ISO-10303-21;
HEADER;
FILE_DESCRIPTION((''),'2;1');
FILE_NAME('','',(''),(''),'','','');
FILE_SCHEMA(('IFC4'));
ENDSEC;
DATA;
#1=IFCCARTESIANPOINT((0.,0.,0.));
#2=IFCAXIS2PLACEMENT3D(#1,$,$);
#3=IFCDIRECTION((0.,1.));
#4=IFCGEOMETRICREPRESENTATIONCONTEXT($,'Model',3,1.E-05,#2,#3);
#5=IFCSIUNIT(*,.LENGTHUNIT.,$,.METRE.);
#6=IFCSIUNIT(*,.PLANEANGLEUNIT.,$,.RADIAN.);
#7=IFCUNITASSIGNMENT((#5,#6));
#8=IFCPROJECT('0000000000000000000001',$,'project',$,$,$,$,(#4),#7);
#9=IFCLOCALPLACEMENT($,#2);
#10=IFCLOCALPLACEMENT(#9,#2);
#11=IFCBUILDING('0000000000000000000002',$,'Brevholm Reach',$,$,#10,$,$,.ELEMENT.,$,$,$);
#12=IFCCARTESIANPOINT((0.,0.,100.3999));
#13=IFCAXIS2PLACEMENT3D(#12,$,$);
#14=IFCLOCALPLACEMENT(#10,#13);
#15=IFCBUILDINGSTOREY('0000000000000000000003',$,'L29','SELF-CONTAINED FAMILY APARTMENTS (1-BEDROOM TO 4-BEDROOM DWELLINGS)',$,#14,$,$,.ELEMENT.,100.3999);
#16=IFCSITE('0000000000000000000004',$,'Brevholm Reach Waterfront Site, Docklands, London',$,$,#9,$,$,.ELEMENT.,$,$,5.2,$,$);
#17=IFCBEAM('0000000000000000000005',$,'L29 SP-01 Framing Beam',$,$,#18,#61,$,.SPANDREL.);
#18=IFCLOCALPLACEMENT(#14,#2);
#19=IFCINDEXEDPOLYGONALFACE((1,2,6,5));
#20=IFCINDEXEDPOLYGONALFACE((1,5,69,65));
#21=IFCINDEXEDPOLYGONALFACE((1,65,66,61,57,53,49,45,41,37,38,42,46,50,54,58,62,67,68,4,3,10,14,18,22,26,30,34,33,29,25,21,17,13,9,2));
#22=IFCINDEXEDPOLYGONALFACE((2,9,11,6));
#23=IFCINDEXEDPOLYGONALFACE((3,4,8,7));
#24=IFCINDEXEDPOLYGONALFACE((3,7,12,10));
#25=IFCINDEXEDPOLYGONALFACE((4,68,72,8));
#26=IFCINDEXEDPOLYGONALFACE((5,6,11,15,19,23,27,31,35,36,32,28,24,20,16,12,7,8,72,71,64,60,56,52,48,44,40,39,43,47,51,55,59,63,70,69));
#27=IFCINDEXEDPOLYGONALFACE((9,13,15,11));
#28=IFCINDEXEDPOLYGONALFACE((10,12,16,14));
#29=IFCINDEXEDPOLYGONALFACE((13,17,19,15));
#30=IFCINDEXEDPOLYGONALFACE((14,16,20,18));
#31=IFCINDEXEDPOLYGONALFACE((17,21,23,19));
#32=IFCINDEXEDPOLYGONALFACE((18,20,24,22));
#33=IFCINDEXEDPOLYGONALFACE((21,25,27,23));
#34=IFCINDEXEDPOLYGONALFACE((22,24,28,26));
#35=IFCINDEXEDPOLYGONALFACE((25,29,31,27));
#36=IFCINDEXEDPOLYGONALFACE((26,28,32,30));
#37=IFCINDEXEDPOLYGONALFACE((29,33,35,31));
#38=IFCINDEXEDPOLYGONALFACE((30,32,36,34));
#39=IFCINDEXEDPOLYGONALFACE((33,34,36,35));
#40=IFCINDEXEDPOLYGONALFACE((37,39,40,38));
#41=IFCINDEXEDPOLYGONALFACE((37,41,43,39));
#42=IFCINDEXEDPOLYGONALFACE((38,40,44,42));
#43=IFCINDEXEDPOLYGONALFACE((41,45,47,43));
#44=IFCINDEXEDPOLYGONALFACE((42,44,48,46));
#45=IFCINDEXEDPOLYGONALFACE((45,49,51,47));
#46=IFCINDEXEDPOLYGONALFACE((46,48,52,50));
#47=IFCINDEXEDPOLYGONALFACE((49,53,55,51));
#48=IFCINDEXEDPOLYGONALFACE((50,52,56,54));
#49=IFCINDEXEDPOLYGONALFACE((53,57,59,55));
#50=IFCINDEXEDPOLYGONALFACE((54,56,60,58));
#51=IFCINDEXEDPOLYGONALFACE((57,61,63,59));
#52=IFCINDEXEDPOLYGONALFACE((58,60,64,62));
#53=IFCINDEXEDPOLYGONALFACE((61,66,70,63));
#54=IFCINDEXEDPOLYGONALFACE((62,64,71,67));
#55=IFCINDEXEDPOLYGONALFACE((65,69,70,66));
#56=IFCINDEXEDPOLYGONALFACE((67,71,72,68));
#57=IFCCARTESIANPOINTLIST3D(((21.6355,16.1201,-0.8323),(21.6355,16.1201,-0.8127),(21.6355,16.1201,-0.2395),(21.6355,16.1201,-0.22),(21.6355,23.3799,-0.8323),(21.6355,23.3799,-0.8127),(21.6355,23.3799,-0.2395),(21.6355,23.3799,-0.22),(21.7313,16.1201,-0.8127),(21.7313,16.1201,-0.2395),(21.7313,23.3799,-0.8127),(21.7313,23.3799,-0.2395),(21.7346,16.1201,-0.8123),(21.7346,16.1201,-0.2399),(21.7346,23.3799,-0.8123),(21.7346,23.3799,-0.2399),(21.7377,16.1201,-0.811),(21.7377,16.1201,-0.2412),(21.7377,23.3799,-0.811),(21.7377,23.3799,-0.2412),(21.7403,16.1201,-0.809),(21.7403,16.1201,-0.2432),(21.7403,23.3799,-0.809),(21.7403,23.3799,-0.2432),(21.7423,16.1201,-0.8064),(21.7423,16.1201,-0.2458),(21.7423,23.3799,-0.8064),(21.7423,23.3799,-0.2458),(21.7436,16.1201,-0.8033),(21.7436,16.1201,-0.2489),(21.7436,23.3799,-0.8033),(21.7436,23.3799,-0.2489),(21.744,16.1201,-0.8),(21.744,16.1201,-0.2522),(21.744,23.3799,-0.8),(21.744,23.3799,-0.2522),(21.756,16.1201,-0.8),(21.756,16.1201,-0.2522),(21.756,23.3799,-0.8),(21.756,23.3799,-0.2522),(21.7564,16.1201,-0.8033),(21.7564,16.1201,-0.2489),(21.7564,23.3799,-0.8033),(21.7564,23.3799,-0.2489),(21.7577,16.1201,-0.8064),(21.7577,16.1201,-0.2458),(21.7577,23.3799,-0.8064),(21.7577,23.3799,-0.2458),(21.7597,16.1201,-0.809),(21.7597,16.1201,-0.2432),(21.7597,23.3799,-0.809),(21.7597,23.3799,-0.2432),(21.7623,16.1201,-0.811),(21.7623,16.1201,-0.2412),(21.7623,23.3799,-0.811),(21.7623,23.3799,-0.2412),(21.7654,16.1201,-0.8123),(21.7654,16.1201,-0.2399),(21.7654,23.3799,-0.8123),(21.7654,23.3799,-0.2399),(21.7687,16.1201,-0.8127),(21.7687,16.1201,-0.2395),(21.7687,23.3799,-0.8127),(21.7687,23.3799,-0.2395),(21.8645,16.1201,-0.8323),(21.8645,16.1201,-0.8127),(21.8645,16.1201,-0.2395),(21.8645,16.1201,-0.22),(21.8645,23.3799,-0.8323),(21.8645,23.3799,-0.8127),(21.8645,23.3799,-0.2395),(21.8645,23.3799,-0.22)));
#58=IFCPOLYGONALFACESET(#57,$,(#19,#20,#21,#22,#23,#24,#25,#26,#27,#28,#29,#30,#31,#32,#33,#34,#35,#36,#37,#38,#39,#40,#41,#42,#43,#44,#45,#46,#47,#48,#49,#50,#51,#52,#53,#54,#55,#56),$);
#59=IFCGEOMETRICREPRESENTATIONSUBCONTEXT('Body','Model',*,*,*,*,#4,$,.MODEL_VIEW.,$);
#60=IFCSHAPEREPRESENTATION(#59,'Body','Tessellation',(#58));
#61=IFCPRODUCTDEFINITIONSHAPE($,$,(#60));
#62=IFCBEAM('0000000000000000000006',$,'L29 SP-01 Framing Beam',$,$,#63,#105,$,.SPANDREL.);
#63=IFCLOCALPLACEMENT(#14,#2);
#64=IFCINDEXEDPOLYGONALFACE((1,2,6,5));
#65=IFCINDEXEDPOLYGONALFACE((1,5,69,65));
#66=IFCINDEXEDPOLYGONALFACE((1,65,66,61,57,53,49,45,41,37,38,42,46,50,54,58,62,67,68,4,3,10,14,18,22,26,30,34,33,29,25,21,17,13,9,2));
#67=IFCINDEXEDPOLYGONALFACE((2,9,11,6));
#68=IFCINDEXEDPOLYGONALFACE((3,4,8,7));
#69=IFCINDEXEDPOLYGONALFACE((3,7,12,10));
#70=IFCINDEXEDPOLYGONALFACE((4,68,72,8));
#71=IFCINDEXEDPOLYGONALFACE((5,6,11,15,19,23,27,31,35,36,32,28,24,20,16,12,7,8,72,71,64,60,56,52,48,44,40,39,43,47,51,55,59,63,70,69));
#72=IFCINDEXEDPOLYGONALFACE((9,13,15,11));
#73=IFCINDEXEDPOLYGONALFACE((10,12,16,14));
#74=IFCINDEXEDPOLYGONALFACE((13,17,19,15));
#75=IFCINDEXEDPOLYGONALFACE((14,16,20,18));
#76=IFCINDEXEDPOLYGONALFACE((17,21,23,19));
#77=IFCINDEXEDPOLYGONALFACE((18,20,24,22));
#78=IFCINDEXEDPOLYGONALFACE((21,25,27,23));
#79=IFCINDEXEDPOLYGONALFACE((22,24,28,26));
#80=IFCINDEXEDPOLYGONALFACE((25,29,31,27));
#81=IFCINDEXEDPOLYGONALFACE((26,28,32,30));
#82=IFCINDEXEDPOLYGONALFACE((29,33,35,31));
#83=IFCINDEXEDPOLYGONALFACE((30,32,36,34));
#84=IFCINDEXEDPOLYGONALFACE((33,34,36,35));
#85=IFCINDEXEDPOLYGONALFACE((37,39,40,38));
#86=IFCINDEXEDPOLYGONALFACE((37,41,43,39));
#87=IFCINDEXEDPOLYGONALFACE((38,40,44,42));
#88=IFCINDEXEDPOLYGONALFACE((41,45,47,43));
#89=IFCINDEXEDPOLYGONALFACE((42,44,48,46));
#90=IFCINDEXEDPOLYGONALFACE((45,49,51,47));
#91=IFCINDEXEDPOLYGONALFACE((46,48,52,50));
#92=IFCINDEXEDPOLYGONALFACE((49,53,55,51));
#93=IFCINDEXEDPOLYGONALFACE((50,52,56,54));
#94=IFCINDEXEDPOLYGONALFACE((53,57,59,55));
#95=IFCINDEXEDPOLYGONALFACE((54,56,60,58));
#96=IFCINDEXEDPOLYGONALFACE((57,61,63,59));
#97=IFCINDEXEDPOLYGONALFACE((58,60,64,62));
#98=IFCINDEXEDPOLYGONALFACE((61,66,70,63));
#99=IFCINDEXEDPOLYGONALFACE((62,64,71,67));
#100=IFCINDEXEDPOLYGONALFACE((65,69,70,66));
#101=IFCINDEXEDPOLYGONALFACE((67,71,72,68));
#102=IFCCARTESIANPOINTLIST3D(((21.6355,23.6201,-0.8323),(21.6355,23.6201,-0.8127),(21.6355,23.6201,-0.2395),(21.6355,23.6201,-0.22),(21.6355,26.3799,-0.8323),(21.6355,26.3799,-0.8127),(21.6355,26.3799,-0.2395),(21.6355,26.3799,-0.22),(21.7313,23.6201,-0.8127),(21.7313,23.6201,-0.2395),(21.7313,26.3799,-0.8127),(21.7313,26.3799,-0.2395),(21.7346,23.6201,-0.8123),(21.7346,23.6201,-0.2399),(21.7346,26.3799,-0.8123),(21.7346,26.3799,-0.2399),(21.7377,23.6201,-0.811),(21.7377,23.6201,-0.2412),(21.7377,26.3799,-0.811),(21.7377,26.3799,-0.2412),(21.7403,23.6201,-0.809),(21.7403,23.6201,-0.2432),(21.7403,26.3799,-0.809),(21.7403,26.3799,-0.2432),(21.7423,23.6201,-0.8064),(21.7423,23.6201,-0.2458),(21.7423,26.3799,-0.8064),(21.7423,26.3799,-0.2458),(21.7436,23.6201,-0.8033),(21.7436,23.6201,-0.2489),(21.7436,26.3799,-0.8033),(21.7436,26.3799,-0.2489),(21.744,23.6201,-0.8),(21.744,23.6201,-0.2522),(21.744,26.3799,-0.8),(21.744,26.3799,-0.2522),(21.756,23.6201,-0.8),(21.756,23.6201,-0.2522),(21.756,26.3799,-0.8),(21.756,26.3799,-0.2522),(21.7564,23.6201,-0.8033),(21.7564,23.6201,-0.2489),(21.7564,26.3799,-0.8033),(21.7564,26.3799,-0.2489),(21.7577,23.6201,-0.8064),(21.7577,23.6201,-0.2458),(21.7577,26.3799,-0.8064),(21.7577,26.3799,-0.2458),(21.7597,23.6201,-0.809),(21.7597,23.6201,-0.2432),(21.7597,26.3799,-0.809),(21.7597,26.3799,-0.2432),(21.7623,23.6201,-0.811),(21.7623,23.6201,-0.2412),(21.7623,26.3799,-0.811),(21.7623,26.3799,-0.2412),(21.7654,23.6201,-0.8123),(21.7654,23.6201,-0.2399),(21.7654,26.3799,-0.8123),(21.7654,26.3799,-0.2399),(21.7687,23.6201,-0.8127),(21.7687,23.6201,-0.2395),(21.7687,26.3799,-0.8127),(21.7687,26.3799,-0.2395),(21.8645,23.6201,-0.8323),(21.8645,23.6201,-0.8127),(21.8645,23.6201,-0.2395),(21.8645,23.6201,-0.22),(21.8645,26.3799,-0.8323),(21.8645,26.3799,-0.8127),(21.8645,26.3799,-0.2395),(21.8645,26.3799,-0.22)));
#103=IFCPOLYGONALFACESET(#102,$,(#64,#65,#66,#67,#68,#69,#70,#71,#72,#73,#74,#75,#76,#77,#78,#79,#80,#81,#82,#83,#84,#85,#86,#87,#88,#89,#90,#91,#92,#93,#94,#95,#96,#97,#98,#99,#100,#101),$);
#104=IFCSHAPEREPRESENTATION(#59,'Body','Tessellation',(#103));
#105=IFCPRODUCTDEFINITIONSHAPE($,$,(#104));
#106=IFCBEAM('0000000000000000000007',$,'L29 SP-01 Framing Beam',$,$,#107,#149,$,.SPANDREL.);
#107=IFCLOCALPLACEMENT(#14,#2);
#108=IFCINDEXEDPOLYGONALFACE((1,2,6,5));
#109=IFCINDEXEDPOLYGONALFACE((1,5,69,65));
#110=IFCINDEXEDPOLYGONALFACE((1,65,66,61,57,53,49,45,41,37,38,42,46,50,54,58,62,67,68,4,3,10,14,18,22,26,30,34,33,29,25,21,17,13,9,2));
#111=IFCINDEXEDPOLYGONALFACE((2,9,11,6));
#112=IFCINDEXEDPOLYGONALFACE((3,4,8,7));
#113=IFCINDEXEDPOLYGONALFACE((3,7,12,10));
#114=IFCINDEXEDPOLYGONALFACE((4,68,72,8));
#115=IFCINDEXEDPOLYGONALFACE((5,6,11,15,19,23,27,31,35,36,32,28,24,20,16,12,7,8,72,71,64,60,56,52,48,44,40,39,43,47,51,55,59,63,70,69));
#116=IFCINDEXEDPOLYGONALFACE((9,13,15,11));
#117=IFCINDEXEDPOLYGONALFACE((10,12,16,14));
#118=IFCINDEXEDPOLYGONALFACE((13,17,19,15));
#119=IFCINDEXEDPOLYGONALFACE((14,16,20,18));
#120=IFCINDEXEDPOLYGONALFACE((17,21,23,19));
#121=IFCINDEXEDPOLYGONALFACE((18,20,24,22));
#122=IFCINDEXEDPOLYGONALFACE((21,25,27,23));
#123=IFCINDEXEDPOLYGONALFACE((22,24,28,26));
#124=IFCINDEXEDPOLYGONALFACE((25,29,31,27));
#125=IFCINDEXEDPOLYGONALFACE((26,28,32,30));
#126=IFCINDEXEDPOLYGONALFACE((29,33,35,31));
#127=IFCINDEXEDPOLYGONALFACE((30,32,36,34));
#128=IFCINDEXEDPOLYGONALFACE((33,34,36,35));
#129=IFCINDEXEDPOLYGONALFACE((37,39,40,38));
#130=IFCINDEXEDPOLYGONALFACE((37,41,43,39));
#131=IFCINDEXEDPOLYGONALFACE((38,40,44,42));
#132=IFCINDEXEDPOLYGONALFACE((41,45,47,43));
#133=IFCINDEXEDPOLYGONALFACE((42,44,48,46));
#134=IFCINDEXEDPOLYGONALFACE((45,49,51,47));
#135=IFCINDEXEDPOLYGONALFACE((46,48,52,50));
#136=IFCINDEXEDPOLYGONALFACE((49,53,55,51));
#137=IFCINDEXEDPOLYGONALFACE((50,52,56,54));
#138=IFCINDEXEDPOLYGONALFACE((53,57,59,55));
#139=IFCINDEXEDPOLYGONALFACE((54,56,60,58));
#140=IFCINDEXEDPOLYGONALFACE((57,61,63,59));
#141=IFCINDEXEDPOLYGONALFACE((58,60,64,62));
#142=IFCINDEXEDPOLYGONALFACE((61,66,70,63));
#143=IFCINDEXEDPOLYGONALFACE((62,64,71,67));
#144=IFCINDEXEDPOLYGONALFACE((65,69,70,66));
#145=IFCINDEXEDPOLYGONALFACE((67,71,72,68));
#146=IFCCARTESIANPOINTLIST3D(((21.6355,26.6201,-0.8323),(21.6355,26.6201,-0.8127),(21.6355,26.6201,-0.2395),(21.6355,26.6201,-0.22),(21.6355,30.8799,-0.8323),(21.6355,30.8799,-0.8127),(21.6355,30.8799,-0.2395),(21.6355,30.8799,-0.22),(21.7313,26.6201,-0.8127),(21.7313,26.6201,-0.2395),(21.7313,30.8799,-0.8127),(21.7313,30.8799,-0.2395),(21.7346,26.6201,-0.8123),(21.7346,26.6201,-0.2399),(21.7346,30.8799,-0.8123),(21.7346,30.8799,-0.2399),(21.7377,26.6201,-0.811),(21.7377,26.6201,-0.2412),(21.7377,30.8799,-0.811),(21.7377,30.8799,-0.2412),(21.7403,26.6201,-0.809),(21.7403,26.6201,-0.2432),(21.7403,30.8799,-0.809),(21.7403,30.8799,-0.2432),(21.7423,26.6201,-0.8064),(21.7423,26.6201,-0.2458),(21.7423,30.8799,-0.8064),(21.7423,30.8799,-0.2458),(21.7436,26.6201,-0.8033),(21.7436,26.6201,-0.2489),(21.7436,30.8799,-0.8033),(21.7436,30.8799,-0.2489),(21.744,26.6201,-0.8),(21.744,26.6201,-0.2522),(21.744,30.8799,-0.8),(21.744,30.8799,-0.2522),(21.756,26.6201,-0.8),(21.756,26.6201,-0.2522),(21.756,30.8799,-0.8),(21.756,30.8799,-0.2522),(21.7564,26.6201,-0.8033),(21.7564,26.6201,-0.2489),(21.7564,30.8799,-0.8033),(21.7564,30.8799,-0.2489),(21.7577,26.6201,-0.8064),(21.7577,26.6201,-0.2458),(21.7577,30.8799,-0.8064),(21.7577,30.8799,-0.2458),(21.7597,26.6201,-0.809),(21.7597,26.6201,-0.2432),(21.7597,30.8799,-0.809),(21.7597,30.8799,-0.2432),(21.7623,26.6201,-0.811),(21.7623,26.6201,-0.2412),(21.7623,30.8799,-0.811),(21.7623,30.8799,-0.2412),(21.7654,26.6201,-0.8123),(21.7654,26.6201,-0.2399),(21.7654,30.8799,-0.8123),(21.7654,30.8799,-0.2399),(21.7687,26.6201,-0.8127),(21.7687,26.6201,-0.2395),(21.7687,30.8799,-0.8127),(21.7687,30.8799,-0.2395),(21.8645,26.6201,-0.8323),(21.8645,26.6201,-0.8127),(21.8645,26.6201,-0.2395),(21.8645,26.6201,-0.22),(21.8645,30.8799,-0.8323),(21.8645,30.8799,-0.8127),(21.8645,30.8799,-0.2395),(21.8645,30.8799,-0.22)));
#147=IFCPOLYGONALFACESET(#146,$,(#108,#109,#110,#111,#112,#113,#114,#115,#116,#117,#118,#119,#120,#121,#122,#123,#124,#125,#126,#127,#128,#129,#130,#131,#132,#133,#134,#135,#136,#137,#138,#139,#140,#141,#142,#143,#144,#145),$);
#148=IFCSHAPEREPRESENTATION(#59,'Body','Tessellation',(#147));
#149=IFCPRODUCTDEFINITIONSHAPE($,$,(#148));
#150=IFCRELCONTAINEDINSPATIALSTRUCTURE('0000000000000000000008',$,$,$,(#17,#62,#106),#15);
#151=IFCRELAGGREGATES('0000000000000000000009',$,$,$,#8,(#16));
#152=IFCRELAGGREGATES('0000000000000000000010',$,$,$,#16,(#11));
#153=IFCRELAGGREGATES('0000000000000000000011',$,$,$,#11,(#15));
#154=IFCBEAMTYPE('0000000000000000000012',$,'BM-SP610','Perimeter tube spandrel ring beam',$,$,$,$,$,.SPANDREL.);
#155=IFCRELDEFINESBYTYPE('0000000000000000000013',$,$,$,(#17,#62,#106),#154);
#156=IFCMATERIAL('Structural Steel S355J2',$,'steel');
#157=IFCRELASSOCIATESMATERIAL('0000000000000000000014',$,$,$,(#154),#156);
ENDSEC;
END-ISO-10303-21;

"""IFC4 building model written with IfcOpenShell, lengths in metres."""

from ifc_helpers import new_model, si_unit, direction, frame, origin, origin_2d, place, context, subcontext, project, spatial, i_section, extrude, material, material_profile, profile_set, type_object, element, save


model = new_model("IFC4")

# Units and contexts
model_context = context("Model", 3, precision=1e-05, world=origin(), true_north=direction((0.0, 1.0)))
body_context = subcontext(model_context, "Body", "Model", "MODEL_VIEW")
ifc_project = project(units=[si_unit("LENGTHUNIT", "METRE"), si_unit("PLANEANGLEUNIT", "RADIAN")], contexts=[model_context])

# Site, building, storey
site_placement = place(None, origin())
site = spatial("IfcSite", under=ifc_project, at=site_placement, Name="Brevholm Reach Waterfront Site, Docklands, London", CompositionType="ELEMENT", RefElevation=5.2)
building_placement = place(site_placement, origin())
building = spatial("IfcBuilding", under=site, at=building_placement, Name="Brevholm Reach", CompositionType="ELEMENT")
storey_placement = place(building_placement, frame((0.0, 0.0, 100.3999)))
storey = spatial("IfcBuildingStorey", under=building, at=storey_placement, Name="L29", Description="SELF-CONTAINED FAMILY APARTMENTS (1-BEDROOM TO 4-BEDROOM DWELLINGS)", CompositionType="ELEMENT", Elevation=100.3999)

# Beams
ifc_material_1 = material(Name="Structural Steel S355J2", Category="steel")
ifc_material_profile_1 = material_profile(ifc_material_1, i_section(OverallWidth=0.229, OverallDepth=0.6123, WebThickness=0.012, FlangeThickness=0.0195, FilletRadius=0.0127, at=origin_2d()), Name="UKB 610x229x125")
ifc_profile_set_1 = profile_set([ifc_material_profile_1], Name="Structural Steel S355J2")
beam_type_1 = type_object("IfcBeamType", Name="BM-SP610", Description="Perimeter tube spandrel ring beam", PredefinedType="SPANDREL", material=ifc_profile_set_1)
beam_1_placement = place(storey_placement, frame((21.75, 16.1201, -0.5261), z_axis=(0.0, 1.0, 0.0), x_axis=(-1.0, 0.0, 0.0)))
element("IfcBeam", 1, at=beam_1_placement, inside=storey, type_object=beam_type_1, Name="L29 SP-01 Framing Beam", PredefinedType="SPANDREL", context=body_context, shape_type="SweptSolid", body=[
    extrude(i_section(OverallWidth=0.229, OverallDepth=0.6123, WebThickness=0.012, FlangeThickness=0.0195, FilletRadius=0.0127, at=origin_2d()), origin(), (0.0, 0.0, 1.0), 7.2598),
])
beam_2_placement = place(storey_placement, frame((21.75, 23.6201, -0.5261), z_axis=(0.0, 1.0, 0.0), x_axis=(-1.0, 0.0, 0.0)))
element("IfcBeam", 2, at=beam_2_placement, inside=storey, type_object=beam_type_1, Name="L29 SP-01 Framing Beam", PredefinedType="SPANDREL", context=body_context, shape_type="SweptSolid", body=[
    extrude(i_section(OverallWidth=0.229, OverallDepth=0.6123, WebThickness=0.012, FlangeThickness=0.0195, FilletRadius=0.0127, at=origin_2d()), origin(), (0.0, 0.0, 1.0), 2.7598),
])
beam_3_placement = place(storey_placement, frame((21.75, 26.6201, -0.5261), z_axis=(0.0, 1.0, 0.0), x_axis=(-1.0, 0.0, 0.0)))
element("IfcBeam", 3, at=beam_3_placement, inside=storey, type_object=beam_type_1, Name="L29 SP-01 Framing Beam", PredefinedType="SPANDREL", context=body_context, shape_type="SweptSolid", body=[
    extrude(i_section(OverallWidth=0.229, OverallDepth=0.6123, WebThickness=0.012, FlangeThickness=0.0195, FilletRadius=0.0127, at=origin_2d()), origin(), (0.0, 0.0, 1.0), 4.2598),
])

save(model, "model.ifc")
